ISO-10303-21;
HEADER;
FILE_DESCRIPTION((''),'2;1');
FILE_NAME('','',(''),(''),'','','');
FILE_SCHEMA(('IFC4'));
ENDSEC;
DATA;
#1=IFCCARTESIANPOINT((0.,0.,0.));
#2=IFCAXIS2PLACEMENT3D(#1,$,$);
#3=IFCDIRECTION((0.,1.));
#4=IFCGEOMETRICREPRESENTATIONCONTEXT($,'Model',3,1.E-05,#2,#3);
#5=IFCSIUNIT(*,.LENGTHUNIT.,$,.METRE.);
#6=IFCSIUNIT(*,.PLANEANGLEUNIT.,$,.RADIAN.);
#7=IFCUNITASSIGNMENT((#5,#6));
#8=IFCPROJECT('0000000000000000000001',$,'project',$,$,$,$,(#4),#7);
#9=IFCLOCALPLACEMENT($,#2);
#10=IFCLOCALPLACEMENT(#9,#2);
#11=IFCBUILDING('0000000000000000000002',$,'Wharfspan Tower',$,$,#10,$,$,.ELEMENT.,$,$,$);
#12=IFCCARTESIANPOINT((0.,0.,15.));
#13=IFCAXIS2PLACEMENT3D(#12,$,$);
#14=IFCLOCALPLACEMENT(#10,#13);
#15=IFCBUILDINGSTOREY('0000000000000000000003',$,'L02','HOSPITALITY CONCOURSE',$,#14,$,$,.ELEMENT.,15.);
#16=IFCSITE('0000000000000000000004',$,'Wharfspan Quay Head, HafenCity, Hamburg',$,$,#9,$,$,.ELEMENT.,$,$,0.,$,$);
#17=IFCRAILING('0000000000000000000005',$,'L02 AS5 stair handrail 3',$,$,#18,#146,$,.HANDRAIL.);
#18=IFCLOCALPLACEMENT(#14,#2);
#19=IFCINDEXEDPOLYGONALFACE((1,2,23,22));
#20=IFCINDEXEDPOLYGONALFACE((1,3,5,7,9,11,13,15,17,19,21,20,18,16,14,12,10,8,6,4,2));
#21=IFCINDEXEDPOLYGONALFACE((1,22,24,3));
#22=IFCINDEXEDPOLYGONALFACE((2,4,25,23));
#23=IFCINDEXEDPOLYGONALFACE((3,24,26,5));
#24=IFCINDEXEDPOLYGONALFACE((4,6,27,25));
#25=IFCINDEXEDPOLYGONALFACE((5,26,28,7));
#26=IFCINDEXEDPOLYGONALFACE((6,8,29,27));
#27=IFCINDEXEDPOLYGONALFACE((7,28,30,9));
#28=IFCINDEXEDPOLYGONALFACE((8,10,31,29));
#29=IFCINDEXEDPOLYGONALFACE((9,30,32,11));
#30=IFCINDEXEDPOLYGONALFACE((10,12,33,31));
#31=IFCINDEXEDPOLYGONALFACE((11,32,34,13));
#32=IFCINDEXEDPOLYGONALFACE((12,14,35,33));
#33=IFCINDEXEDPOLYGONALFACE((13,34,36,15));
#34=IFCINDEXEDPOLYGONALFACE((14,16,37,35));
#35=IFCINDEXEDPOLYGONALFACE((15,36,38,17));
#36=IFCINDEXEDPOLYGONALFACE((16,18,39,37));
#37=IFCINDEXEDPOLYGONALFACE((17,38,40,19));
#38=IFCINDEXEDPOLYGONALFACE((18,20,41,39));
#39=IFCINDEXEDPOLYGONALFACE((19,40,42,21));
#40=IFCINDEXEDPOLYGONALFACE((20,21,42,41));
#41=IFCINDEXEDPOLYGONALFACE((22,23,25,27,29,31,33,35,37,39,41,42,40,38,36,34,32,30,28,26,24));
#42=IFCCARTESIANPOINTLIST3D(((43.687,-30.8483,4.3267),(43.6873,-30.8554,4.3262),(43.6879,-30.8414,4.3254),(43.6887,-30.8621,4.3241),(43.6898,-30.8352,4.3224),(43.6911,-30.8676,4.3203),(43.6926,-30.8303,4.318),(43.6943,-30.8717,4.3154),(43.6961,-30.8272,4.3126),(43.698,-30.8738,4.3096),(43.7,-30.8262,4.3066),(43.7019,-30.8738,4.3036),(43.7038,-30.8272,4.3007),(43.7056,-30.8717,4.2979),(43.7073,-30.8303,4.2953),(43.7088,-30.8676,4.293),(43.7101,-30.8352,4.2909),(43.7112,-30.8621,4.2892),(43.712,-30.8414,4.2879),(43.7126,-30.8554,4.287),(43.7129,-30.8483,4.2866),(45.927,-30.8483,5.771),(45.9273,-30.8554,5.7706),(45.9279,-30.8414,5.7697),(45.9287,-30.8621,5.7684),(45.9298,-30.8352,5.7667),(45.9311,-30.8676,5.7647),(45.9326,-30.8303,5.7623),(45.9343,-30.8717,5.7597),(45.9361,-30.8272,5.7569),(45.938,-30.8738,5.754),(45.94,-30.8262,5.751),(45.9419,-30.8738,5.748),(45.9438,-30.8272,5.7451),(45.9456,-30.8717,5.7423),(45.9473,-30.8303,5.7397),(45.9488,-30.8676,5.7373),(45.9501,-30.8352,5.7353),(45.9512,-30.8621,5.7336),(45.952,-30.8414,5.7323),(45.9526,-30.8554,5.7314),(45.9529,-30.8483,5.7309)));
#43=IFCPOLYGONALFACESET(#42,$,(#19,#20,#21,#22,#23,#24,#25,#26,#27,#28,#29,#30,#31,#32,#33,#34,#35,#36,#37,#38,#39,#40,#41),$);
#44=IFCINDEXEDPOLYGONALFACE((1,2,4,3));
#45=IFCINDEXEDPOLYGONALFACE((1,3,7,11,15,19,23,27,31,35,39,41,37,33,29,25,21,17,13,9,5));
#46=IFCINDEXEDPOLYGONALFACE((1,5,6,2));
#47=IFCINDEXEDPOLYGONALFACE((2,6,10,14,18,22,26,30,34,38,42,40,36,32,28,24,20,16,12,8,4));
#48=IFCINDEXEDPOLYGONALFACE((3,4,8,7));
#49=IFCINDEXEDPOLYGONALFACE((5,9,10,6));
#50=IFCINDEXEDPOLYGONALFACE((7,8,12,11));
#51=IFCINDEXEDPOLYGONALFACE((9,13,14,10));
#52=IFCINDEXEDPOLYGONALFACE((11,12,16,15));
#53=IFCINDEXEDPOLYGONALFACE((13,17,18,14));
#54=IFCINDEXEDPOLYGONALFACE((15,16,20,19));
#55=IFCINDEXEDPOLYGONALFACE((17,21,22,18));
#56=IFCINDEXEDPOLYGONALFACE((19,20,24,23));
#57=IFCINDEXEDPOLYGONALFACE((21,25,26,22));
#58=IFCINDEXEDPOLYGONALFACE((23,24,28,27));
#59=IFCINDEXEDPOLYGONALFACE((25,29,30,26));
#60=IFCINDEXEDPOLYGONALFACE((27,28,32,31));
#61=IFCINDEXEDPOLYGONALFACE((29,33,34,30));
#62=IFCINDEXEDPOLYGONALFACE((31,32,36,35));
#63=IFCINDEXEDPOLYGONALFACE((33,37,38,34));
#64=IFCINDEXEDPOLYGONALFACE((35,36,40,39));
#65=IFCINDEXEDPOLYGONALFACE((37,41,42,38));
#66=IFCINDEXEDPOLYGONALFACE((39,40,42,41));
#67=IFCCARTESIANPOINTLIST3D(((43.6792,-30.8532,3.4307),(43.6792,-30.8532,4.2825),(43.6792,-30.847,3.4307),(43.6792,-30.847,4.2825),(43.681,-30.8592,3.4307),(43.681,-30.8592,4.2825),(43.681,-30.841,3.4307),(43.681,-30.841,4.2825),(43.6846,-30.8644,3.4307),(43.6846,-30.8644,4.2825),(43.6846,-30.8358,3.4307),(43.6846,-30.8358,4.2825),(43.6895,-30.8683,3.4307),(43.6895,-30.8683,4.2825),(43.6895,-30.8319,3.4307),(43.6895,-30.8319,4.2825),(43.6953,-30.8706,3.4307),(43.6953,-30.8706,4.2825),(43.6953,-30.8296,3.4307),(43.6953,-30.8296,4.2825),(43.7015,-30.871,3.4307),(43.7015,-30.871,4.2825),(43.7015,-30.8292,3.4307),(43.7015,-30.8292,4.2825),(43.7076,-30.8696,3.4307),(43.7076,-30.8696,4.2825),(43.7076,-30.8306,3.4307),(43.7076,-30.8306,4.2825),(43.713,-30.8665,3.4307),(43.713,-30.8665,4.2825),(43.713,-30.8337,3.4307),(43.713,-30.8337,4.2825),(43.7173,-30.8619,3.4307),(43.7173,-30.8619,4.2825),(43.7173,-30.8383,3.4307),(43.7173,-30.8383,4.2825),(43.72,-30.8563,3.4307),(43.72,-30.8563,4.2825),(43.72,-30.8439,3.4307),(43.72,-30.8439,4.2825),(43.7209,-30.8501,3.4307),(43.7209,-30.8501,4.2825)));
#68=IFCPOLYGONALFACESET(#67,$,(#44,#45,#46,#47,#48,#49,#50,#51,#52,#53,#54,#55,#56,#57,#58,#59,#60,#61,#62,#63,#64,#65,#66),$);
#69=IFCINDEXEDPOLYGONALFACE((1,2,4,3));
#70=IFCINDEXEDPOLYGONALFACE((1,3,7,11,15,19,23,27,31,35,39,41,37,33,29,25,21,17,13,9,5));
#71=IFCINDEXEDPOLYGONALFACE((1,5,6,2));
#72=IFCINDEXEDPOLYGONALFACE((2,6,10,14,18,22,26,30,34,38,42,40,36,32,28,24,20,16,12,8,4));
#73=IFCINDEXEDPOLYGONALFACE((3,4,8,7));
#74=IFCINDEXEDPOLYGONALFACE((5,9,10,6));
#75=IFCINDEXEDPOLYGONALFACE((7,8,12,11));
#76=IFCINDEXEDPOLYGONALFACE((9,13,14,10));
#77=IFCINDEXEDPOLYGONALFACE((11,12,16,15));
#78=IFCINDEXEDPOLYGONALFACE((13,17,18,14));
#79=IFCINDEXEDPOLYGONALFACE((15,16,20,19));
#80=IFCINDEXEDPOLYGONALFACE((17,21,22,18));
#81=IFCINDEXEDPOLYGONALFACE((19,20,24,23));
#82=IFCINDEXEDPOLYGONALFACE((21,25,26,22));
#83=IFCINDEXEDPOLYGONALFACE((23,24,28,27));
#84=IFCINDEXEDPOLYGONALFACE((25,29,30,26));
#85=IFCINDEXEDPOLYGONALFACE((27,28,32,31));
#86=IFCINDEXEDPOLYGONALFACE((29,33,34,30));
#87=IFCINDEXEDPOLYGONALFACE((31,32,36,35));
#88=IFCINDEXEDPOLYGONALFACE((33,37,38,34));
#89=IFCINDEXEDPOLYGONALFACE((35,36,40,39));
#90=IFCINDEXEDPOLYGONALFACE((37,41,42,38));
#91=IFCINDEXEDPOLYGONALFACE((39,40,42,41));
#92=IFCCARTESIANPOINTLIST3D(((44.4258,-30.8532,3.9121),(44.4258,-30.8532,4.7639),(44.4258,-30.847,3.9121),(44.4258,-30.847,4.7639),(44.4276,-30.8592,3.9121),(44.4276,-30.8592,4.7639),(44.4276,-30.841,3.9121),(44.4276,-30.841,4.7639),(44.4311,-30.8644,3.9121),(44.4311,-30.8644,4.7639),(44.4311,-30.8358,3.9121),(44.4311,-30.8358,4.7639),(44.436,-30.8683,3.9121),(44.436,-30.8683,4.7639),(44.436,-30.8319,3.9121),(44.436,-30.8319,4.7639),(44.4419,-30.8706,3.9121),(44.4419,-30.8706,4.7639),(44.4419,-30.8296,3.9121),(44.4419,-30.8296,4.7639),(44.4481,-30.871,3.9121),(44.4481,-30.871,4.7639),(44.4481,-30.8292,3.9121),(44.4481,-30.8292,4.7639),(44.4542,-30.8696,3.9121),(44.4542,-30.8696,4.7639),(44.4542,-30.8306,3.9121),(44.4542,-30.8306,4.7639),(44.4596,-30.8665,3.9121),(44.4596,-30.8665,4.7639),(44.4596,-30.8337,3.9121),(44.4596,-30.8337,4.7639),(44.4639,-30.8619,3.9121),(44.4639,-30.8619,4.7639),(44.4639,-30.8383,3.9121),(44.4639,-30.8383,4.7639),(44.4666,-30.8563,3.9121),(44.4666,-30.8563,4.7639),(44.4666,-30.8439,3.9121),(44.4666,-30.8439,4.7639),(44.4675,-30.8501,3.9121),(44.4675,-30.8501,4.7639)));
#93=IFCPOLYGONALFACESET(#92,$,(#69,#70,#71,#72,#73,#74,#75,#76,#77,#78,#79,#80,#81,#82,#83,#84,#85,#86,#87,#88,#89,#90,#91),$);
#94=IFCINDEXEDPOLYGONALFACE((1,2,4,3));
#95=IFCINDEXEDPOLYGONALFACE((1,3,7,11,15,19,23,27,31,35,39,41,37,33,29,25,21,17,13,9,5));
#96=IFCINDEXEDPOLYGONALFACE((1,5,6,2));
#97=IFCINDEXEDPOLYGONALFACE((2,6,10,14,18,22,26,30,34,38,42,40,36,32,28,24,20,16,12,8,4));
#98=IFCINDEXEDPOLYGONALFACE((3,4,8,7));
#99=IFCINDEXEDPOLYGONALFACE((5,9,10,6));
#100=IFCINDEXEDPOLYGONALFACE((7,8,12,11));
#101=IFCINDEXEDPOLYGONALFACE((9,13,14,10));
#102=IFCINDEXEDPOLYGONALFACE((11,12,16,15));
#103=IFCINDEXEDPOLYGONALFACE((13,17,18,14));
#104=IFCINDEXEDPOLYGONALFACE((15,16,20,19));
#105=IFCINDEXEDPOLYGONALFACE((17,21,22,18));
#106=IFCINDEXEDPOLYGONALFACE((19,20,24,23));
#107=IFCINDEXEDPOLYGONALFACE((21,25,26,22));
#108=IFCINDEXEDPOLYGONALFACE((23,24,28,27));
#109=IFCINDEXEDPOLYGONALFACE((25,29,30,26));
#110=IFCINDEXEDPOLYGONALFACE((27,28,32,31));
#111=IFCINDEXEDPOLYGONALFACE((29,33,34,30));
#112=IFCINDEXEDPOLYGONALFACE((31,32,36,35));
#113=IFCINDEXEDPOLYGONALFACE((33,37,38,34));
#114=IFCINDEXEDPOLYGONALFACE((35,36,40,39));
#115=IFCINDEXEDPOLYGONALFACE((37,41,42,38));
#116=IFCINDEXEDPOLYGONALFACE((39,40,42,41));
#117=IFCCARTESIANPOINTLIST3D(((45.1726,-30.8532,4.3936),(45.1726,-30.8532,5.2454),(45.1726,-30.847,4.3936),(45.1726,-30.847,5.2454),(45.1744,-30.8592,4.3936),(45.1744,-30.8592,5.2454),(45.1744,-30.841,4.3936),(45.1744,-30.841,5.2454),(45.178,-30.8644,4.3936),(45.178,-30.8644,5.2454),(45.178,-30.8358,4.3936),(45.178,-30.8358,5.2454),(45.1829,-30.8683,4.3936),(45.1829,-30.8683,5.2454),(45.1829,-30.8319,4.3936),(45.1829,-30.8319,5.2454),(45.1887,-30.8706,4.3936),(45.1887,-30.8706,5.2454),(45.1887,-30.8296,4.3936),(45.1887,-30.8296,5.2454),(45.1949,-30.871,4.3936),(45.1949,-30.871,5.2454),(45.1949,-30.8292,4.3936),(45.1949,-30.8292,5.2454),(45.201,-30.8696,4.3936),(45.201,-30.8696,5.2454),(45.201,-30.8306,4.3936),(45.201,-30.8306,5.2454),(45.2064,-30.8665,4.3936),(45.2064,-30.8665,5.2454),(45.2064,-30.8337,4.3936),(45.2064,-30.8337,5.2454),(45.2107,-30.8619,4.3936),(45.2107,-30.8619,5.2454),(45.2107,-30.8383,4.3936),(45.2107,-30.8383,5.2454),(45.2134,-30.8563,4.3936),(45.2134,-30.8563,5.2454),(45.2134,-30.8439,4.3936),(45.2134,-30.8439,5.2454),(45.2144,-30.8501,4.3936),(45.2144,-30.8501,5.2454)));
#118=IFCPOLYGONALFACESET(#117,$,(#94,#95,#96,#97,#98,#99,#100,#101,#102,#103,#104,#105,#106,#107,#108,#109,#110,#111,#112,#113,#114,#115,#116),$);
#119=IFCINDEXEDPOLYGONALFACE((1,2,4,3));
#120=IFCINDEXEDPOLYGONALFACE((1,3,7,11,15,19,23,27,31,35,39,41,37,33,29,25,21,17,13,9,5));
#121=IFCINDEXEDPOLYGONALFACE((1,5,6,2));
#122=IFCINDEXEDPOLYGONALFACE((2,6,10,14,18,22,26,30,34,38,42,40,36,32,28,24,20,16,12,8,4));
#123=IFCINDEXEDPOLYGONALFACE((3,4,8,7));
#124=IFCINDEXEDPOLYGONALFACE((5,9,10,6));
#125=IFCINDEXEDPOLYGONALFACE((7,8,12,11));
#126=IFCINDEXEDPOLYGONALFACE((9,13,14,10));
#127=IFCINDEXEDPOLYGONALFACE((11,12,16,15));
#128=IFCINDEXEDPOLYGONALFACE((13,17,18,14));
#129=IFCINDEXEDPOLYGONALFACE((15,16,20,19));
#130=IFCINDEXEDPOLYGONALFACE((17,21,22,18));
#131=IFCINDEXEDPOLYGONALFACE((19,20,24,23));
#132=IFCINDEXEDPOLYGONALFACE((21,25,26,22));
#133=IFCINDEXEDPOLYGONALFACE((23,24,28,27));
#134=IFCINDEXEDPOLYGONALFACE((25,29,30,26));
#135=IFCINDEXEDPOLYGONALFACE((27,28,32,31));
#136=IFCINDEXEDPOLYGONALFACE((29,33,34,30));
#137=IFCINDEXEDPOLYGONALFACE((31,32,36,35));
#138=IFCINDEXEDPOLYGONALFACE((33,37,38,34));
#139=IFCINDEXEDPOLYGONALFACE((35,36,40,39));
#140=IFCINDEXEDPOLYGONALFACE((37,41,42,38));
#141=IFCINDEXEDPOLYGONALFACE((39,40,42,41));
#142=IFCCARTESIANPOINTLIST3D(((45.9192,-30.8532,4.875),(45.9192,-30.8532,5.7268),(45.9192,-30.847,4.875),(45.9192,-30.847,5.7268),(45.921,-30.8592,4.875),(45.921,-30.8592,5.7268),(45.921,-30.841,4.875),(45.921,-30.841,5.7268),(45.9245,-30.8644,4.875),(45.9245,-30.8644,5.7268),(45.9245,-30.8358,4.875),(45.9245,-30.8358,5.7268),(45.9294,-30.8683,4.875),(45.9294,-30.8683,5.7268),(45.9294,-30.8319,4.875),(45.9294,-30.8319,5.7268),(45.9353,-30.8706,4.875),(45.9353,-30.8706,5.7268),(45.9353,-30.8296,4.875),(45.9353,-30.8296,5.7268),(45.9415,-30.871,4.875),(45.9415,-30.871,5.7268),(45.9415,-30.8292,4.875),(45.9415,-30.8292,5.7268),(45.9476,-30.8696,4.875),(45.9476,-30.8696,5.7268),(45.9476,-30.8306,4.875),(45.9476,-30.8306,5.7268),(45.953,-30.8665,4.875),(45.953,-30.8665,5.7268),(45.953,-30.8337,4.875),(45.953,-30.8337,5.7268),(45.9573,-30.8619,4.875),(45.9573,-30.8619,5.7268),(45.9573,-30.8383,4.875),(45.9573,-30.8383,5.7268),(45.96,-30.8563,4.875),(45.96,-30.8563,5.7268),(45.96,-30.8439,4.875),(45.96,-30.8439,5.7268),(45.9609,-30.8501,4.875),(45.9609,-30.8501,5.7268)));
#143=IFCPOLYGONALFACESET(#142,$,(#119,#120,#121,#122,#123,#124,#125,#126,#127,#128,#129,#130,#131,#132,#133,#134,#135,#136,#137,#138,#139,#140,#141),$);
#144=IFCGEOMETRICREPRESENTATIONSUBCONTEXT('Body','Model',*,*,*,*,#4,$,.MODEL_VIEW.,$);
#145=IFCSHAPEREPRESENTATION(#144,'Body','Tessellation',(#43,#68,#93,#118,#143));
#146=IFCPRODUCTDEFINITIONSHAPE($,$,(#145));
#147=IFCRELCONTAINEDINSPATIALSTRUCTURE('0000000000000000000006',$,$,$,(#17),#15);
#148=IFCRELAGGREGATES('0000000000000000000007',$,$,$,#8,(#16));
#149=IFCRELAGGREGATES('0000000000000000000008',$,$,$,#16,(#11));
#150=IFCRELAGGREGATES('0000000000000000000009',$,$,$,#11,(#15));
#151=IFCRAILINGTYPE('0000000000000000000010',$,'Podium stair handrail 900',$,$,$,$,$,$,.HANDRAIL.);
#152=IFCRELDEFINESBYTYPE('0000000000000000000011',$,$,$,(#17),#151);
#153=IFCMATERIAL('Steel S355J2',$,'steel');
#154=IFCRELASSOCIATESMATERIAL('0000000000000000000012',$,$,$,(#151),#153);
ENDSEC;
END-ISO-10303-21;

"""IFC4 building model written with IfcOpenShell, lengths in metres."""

from ifc_helpers import new_model, si_unit, direction, frame, origin, origin_2d, place, context, subcontext, project, spatial, circle, extrude, material, type_object, element, save


model = new_model("IFC4")

# Units and contexts
model_context = context("Model", 3, precision=1e-05, world=origin(), true_north=direction((0.0, 1.0)))
body_context = subcontext(model_context, "Body", "Model", "MODEL_VIEW")
ifc_project = project(units=[si_unit("LENGTHUNIT", "METRE"), si_unit("PLANEANGLEUNIT", "RADIAN")], contexts=[model_context])

# Site, building, storey
site_placement = place(None, origin())
site = spatial("IfcSite", under=ifc_project, at=site_placement, Name="Wharfspan Quay Head, HafenCity, Hamburg", CompositionType="ELEMENT", RefElevation=0.0)
building_placement = place(site_placement, origin())
building = spatial("IfcBuilding", under=site, at=building_placement, Name="Wharfspan Tower", CompositionType="ELEMENT")
storey_placement = place(building_placement, frame((0.0, 0.0, 15.0)))
storey = spatial("IfcBuildingStorey", under=building, at=storey_placement, Name="L02", Description="HOSPITALITY CONCOURSE", CompositionType="ELEMENT", Elevation=15.0)

# Railing
ifc_material_1 = material(Name="Steel S355J2", Category="steel")
railing_type_1 = type_object("IfcRailingType", Name="Podium stair handrail 900", PredefinedType="HANDRAIL", material=ifc_material_1)
railing_1_placement = place(storey_placement, frame((43.7, -30.8501, 3.4307)))
element("IfcRailing", 1, at=railing_1_placement, inside=storey, type_object=railing_type_1, Name="L02 AS5 stair handrail 3", PredefinedType="HANDRAIL", context=body_context, shape_type="SweptSolid", body=[
    extrude(circle(Radius=0.0239, at=origin_2d()), frame((0.0, 0.0, 0.876), z_axis=(0.840437, 0.0, 0.54191), x_axis=(0.0, 1.0, 0.0)), (0.0, 0.0, 1.0), 2.6653),
    extrude(circle(Radius=0.021, at=origin_2d()), origin(), (0.0, 0.0, 1.0), 0.8518),
    extrude(circle(Radius=0.021, at=origin_2d()), frame((0.7466, 0.0, 0.4814)), (0.0, 0.0, 1.0), 0.8518),
    extrude(circle(Radius=0.021, at=origin_2d()), frame((1.4934, 0.0, 0.9629)), (0.0, 0.0, 1.0), 0.8518),
    extrude(circle(Radius=0.021, at=origin_2d()), frame((2.24, 0.0, 1.4443)), (0.0, 0.0, 1.0), 0.8518),
])

save(model, "model.ifc")
